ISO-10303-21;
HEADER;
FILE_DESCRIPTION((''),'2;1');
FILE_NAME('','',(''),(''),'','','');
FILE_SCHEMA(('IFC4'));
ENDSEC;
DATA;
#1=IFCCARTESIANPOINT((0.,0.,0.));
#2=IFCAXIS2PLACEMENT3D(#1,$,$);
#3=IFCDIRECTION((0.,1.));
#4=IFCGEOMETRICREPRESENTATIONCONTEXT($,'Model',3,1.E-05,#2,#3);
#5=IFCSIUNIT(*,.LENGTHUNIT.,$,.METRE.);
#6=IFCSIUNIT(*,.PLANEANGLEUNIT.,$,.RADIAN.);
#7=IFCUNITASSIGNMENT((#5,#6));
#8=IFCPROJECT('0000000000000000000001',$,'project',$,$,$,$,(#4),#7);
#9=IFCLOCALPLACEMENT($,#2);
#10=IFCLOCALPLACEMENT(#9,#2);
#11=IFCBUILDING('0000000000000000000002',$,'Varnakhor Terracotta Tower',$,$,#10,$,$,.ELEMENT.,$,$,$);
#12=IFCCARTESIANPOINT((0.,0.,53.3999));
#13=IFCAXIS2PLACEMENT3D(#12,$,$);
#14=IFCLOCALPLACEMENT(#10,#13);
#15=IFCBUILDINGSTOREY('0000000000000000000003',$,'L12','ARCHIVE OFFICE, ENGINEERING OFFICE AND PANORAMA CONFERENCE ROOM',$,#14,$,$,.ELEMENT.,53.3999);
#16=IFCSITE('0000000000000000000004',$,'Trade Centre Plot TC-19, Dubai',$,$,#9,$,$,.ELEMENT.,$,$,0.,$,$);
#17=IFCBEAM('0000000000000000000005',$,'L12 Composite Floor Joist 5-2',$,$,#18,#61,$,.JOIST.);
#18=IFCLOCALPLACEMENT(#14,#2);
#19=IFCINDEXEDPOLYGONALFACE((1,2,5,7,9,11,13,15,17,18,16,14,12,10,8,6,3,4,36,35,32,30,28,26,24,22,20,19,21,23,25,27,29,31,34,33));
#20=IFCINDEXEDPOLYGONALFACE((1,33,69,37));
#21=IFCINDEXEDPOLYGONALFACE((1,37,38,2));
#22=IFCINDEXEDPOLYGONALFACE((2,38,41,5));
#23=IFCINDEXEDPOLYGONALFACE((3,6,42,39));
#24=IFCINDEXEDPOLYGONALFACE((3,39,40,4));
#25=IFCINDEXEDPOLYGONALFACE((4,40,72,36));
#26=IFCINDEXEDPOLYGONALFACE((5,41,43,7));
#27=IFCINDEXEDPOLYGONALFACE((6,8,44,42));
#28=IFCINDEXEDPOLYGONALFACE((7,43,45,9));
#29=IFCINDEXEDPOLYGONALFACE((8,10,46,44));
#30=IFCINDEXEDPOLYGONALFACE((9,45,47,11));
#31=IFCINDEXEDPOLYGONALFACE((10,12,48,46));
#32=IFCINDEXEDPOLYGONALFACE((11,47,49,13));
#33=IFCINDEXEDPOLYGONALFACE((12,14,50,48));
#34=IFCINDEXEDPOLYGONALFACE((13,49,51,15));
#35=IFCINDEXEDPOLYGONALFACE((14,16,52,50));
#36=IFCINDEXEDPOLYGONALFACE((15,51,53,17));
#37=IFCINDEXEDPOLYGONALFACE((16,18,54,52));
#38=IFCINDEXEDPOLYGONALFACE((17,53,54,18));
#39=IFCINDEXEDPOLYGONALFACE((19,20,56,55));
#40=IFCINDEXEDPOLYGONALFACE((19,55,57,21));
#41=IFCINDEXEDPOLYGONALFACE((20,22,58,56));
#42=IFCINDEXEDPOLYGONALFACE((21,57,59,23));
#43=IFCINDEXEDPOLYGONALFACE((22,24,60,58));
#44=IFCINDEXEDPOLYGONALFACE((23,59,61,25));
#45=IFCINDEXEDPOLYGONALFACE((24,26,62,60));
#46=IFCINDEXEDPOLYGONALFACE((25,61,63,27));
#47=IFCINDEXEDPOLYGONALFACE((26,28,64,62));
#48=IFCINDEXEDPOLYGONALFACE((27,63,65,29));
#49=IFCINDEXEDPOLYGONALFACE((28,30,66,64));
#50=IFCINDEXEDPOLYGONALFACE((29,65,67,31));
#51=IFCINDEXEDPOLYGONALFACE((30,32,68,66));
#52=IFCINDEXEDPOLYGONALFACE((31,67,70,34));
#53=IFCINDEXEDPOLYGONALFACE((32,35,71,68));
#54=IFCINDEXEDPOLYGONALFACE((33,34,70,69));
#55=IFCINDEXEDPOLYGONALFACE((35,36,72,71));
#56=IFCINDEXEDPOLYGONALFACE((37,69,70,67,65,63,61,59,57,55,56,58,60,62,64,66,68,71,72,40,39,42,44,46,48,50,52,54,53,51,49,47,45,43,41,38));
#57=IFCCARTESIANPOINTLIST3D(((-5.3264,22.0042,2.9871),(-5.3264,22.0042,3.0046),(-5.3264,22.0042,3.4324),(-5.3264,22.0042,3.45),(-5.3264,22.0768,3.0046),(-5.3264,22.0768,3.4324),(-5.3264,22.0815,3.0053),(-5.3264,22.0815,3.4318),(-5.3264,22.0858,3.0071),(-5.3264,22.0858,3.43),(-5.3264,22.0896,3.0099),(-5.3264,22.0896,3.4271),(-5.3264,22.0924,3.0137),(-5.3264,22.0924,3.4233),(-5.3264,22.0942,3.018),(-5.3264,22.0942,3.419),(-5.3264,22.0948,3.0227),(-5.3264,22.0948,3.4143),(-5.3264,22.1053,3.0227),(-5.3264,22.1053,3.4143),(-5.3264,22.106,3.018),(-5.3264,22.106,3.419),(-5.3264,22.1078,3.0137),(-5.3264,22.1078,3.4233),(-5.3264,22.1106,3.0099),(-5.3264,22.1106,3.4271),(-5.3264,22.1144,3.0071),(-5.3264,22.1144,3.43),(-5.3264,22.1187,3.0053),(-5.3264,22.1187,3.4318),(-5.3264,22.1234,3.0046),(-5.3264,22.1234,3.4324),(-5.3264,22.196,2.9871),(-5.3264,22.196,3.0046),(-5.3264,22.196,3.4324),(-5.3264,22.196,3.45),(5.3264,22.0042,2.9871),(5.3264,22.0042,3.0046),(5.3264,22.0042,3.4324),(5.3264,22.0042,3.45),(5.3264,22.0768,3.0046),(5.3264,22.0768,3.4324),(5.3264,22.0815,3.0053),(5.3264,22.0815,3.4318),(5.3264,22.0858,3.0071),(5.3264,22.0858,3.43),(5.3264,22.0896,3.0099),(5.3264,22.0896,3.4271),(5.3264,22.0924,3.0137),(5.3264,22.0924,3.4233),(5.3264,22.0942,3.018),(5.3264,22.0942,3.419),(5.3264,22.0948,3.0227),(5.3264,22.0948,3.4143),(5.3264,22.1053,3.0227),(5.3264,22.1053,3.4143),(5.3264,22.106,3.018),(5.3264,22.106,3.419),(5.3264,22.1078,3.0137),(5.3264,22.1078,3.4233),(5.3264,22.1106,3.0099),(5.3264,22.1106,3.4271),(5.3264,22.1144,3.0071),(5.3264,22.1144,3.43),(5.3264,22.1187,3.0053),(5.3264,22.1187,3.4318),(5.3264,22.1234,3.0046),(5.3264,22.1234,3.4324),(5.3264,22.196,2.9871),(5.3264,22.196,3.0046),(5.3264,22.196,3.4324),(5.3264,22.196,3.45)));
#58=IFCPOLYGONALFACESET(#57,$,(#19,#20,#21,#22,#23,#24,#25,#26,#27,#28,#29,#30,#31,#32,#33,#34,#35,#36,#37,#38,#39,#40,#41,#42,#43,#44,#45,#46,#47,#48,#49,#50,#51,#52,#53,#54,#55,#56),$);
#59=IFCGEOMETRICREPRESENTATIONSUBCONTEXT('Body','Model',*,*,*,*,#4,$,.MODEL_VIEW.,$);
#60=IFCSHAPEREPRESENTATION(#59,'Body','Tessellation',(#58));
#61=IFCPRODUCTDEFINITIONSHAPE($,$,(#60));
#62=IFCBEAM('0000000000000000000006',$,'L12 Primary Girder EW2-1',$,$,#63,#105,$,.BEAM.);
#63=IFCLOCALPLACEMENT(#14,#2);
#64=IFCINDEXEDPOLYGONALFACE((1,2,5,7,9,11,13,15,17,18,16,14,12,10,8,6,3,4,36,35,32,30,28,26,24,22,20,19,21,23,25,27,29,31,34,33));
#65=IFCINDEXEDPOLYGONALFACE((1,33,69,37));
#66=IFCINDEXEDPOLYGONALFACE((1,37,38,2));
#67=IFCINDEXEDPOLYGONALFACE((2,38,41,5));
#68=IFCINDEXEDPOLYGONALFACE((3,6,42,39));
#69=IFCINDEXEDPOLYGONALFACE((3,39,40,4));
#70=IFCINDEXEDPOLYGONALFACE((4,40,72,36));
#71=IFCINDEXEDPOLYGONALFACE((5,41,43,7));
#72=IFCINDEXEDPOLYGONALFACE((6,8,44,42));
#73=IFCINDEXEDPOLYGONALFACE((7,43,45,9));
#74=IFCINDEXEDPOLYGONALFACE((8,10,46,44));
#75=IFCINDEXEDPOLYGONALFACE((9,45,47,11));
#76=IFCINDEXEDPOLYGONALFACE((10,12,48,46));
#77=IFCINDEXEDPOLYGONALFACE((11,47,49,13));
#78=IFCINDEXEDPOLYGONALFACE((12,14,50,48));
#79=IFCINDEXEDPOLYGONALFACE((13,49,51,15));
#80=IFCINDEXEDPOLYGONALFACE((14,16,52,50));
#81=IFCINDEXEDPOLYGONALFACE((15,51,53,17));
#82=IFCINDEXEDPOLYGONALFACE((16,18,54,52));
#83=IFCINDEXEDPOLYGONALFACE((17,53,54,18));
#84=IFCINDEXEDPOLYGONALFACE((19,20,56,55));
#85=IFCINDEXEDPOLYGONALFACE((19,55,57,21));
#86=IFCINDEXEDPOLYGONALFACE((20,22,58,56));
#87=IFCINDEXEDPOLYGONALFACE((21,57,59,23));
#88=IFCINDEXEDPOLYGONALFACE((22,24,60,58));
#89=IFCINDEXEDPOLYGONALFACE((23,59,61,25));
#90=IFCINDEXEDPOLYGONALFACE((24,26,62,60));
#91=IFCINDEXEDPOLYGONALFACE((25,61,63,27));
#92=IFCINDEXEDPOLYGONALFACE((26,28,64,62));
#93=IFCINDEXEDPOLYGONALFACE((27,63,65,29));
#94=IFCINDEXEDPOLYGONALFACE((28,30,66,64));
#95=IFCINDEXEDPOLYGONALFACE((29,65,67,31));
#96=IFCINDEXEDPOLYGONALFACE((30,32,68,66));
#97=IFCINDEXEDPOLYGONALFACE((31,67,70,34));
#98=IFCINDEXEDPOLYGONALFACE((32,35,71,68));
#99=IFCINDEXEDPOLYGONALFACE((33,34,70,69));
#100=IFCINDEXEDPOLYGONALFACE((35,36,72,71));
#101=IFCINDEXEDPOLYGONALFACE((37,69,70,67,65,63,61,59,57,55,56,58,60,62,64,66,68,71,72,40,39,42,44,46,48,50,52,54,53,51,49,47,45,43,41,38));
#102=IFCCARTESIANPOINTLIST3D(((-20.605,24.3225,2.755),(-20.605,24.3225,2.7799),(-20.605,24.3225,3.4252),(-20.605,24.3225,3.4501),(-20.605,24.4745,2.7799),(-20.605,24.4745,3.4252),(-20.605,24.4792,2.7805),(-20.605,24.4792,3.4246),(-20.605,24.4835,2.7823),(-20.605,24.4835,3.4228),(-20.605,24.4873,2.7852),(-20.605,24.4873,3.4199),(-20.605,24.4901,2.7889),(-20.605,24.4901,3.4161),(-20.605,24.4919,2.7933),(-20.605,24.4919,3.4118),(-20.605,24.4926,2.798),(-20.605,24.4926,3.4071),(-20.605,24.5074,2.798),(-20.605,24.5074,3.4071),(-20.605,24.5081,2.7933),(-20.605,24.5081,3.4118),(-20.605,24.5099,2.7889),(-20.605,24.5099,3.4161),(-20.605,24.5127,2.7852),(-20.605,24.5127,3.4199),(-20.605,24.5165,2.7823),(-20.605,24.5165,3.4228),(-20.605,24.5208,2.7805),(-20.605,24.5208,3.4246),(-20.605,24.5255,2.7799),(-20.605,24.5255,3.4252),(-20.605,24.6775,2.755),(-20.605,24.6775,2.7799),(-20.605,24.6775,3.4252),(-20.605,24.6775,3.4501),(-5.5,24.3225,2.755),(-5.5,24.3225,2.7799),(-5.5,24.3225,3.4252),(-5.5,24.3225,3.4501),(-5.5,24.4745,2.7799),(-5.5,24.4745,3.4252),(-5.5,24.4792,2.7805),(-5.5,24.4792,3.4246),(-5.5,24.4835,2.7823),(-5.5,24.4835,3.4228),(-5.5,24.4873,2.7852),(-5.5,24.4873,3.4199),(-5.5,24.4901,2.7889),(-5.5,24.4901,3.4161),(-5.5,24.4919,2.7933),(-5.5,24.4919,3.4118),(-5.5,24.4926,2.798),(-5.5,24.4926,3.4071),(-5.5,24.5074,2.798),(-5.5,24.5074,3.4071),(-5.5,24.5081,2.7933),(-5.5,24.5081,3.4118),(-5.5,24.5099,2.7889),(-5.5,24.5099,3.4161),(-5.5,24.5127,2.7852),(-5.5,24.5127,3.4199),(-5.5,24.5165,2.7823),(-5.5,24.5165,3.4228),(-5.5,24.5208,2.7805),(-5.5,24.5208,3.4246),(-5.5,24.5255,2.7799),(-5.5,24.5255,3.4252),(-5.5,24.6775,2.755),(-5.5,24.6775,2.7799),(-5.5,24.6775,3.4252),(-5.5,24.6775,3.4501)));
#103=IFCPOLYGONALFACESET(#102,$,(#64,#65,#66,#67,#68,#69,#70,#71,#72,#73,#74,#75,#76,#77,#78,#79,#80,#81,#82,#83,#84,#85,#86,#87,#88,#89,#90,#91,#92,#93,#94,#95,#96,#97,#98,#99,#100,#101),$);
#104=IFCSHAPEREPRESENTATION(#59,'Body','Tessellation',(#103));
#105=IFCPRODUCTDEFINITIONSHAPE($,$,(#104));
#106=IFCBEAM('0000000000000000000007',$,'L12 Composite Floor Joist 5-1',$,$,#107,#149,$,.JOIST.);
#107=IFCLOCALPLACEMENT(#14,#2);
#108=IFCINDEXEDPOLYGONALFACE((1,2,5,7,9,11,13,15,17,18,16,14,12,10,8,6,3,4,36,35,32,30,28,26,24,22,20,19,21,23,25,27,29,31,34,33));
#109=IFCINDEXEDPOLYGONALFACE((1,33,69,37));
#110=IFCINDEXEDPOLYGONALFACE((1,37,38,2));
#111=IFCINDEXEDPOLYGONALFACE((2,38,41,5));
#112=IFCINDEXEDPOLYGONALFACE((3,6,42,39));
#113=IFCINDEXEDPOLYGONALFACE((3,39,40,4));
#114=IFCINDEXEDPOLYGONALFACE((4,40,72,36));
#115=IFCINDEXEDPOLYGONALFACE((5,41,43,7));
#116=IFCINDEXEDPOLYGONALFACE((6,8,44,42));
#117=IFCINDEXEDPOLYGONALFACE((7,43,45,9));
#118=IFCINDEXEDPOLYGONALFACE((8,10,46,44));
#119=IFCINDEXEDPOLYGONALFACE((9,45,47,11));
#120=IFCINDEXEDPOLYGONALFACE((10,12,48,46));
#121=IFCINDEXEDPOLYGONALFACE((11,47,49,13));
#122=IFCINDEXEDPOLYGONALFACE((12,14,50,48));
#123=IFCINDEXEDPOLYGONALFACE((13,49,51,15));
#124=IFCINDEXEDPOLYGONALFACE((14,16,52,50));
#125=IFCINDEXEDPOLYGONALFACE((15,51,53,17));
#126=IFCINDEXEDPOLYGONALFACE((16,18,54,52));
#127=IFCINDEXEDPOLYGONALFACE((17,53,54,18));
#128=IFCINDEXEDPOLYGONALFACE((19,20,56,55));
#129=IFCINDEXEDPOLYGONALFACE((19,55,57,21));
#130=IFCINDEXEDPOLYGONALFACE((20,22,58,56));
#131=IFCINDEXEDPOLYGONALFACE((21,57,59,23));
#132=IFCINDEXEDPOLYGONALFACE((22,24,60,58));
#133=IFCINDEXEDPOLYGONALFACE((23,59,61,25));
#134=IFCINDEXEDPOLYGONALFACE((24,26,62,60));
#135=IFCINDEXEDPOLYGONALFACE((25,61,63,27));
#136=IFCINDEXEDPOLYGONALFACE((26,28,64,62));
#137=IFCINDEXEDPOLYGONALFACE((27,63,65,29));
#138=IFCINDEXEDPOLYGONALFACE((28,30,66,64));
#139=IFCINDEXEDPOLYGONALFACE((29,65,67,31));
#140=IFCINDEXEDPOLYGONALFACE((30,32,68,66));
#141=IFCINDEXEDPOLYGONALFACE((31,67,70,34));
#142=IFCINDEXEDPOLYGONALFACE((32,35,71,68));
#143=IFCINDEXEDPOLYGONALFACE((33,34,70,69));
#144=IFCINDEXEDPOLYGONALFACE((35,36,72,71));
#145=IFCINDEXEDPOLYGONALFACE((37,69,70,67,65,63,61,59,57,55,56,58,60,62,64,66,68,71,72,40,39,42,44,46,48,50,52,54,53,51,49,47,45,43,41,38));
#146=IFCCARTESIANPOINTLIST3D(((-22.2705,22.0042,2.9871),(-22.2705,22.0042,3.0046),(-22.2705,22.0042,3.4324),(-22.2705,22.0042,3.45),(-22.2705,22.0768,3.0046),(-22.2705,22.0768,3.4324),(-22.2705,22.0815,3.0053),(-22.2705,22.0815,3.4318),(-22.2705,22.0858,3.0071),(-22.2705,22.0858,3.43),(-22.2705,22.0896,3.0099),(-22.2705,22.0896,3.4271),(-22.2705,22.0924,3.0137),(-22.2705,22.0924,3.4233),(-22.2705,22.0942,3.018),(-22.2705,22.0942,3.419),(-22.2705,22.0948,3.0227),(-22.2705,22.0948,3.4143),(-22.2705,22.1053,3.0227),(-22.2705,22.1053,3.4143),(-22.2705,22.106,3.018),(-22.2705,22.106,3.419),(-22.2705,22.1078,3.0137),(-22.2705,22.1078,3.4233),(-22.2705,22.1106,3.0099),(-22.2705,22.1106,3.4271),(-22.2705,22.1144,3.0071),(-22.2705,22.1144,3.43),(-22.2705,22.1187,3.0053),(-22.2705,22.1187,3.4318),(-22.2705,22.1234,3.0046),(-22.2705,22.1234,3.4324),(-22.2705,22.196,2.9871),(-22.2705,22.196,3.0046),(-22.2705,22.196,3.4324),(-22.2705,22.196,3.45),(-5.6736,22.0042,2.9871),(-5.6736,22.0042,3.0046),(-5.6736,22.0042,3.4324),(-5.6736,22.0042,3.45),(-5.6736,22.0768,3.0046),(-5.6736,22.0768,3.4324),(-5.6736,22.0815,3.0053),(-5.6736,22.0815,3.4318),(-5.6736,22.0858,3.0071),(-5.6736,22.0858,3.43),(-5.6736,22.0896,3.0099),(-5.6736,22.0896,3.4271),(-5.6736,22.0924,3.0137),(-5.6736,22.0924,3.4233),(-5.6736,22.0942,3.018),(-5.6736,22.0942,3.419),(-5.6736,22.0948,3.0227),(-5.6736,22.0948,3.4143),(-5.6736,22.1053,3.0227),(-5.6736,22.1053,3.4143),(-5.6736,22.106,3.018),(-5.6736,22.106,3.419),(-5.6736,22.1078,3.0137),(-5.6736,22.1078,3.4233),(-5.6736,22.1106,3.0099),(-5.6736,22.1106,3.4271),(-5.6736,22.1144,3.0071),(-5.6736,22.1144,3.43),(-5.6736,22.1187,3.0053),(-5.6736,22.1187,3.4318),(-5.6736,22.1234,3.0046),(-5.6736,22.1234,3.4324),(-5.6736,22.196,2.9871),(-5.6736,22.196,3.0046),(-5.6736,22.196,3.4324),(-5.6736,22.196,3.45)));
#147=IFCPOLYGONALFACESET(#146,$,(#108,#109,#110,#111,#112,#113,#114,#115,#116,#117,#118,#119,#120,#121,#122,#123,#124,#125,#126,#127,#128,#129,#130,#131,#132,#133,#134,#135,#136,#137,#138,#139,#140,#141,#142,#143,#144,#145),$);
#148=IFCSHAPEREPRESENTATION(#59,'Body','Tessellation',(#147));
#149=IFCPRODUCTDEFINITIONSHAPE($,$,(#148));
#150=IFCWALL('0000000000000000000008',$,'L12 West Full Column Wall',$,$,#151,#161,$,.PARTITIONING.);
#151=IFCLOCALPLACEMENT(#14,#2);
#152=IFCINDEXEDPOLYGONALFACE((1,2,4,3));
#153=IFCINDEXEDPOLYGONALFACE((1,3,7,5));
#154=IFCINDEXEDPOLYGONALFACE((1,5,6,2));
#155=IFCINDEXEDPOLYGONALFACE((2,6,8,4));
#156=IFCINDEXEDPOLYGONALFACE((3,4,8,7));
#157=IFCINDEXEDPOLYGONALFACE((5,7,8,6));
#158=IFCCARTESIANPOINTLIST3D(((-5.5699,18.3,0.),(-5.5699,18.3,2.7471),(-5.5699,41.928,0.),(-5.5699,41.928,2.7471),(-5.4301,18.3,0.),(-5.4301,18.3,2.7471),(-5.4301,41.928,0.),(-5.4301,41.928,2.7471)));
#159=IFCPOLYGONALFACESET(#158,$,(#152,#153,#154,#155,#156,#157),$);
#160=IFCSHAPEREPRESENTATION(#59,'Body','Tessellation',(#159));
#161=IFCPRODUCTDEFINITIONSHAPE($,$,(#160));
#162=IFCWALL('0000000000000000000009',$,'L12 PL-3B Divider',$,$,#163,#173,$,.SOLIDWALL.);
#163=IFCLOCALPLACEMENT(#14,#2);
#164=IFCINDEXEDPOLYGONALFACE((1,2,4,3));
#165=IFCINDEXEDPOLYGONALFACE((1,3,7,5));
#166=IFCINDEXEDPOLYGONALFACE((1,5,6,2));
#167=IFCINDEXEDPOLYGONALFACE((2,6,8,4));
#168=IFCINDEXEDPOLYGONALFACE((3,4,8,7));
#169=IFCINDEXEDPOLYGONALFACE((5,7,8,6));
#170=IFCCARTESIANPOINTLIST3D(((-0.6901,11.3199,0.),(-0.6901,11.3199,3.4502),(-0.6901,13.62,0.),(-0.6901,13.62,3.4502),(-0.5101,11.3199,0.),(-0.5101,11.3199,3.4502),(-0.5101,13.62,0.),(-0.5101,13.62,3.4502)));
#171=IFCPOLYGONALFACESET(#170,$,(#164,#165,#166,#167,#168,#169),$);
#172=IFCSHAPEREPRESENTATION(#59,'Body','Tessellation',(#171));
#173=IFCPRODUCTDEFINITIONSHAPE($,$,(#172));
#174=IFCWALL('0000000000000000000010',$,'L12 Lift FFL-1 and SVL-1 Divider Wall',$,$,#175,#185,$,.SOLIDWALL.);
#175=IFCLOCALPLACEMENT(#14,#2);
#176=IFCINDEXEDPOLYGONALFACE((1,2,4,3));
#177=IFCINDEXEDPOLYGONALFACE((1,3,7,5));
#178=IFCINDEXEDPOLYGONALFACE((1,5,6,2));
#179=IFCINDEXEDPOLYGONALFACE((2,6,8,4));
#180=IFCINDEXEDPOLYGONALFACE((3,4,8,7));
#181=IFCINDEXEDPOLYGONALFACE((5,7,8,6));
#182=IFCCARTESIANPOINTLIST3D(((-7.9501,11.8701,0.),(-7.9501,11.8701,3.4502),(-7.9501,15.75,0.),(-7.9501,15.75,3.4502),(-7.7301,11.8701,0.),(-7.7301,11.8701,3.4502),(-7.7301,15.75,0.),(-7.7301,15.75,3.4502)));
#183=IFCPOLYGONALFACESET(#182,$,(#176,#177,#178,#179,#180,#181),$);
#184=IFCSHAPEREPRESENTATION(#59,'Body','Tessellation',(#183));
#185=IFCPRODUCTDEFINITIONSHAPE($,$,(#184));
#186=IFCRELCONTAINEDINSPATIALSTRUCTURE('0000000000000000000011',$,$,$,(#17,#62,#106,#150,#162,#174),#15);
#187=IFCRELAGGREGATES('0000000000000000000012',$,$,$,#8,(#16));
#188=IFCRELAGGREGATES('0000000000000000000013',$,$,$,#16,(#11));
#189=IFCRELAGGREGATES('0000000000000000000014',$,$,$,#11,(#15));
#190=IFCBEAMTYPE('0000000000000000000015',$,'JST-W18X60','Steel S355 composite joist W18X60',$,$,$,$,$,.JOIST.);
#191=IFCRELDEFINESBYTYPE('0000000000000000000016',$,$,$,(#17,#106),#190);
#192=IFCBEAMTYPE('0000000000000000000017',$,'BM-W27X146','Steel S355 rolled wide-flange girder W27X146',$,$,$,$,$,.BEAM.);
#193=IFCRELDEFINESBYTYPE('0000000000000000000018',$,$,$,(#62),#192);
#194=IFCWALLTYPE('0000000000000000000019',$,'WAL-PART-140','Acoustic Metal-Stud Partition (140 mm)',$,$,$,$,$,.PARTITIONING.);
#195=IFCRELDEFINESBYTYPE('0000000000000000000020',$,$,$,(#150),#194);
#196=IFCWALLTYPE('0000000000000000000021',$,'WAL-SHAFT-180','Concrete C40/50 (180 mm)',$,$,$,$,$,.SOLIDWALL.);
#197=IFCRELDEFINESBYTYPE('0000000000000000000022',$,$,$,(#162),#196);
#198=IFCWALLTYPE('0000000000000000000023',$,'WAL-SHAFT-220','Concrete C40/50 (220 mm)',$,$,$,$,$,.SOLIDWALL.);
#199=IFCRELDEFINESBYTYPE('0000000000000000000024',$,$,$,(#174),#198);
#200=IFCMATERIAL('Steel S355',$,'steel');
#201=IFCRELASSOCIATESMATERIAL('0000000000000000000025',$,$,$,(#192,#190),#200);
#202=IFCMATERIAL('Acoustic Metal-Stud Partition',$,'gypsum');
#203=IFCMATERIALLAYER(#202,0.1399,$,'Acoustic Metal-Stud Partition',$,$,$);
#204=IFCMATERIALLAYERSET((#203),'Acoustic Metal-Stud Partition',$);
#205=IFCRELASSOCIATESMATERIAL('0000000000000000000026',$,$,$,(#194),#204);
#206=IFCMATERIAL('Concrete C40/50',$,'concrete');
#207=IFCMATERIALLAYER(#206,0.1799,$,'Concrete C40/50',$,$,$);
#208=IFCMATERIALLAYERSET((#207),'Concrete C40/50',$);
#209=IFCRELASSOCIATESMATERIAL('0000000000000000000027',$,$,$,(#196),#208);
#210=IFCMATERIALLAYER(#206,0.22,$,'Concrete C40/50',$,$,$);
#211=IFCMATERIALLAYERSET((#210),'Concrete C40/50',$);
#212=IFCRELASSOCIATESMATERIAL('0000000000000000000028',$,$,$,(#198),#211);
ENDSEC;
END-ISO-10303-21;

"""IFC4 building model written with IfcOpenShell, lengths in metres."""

from ifc_helpers import new_model, si_unit, direction, frame, frame_2d, origin, origin_2d, place, context, subcontext, project, spatial, rectangle, i_section, extrude, source, transform, mapped, material, layer, layer_set, material_profile, profile_set, type_object, element, save


model = new_model("IFC4")

# Units and contexts
model_context = context("Model", 3, precision=1e-05, world=origin(), true_north=direction((0.0, 1.0)))
body_context = subcontext(model_context, "Body", "Model", "MODEL_VIEW")
ifc_project = project(units=[si_unit("LENGTHUNIT", "METRE"), si_unit("PLANEANGLEUNIT", "RADIAN")], contexts=[model_context])

# Site, building, storey
site_placement = place(None, origin())
site = spatial("IfcSite", under=ifc_project, at=site_placement, Name="Trade Centre Plot TC-19, Dubai", CompositionType="ELEMENT", RefElevation=0.0)
building_placement = place(site_placement, origin())
building = spatial("IfcBuilding", under=site, at=building_placement, Name="Varnakhor Terracotta Tower", CompositionType="ELEMENT")
storey_placement = place(building_placement, frame((0.0, 0.0, 53.3999)))
storey = spatial("IfcBuildingStorey", under=building, at=storey_placement, Name="L12", Description="ARCHIVE OFFICE, ENGINEERING OFFICE AND PANORAMA CONFERENCE ROOM", CompositionType="ELEMENT", Elevation=53.3999)

# Beams
ifc_material_1 = material(Name="Steel S355", Category="steel")
ifc_material_profile_1 = material_profile(ifc_material_1, i_section(OverallWidth=0.355, OverallDepth=0.6951, WebThickness=0.0149, FlangeThickness=0.0249, FilletRadius=0.0181, at=origin_2d()), Name="W27X146")
ifc_profile_set_1 = profile_set([ifc_material_profile_1], Name="Steel S355")
beam_type_1 = type_object("IfcBeamType", Name="BM-W27X146", Description="Steel S355 rolled wide-flange girder W27X146", PredefinedType="BEAM", material=ifc_profile_set_1)
ifc_material_profile_2 = material_profile(ifc_material_1, i_section(OverallWidth=0.1919, OverallDepth=0.4629, WebThickness=0.0105, FlangeThickness=0.0176, FilletRadius=0.0181, at=origin_2d()), Name="W18X60")
ifc_profile_set_2 = profile_set([ifc_material_profile_2], Name="Steel S355")
beam_type_2 = type_object("IfcBeamType", Name="JST-W18X60", Description="Steel S355 composite joist W18X60", PredefinedType="JOIST", material=ifc_profile_set_2)
shared_shape_1 = source(origin(), body_context, "Body", "SweptSolid", [
    extrude(i_section(OverallWidth=0.1919, OverallDepth=0.4629, WebThickness=0.0105, FlangeThickness=0.0176, FilletRadius=0.0181, at=origin_2d()), origin(), (0.0, 0.0, 1.0), 10.6528),
])
for number, where, z_axis, x_axis, name in (
    (1, (-5.3264, 22.1001, 3.2185), (1.0, 0.0, 0.0), (0.0, 1.0, 0.0), "L12 Composite Floor Joist 5-2"),
):
    element("IfcBeam", number, at=place(storey_placement, frame(where, z_axis=z_axis, x_axis=x_axis)), inside=storey, type_object=beam_type_2, Name=name, PredefinedType="JOIST", context=body_context, shape_type="MappedRepresentation", body=[
        mapped(shared_shape_1, transform((0.0, 0.0, 0.0), scale=1.0)),
    ])
shared_shape_2 = source(origin(), body_context, "Body", "SweptSolid", [
    extrude(i_section(OverallWidth=0.355, OverallDepth=0.6951, WebThickness=0.0149, FlangeThickness=0.0249, FilletRadius=0.0181, at=origin_2d()), origin(), (0.0, 0.0, 1.0), 15.105),
])
beam_1_placement = place(storey_placement, frame((-20.605, 24.5, 3.1025), z_axis=(1.0, 0.0, 0.0), x_axis=(0.0, 1.0, 0.0)))
element("IfcBeam", 2, at=beam_1_placement, inside=storey, type_object=beam_type_1, Name="L12 Primary Girder EW2-1", PredefinedType="BEAM", context=body_context, shape_type="MappedRepresentation", body=[
    mapped(shared_shape_2, transform((0.0, 0.0, 0.0), scale=1.0)),
])
shared_shape_3 = source(origin(), body_context, "Body", "SweptSolid", [
    extrude(i_section(OverallWidth=0.1919, OverallDepth=0.4629, WebThickness=0.0105, FlangeThickness=0.0176, FilletRadius=0.0181, at=origin_2d()), origin(), (0.0, 0.0, 1.0), 16.5969),
])
beam_2_placement = place(storey_placement, frame((-22.2705, 22.1001, 3.2185), z_axis=(1.0, 0.0, 0.0), x_axis=(0.0, 1.0, 0.0)))
element("IfcBeam", 3, at=beam_2_placement, inside=storey, type_object=beam_type_2, Name="L12 Composite Floor Joist 5-1", PredefinedType="JOIST", context=body_context, shape_type="MappedRepresentation", body=[
    mapped(shared_shape_3, transform((0.0, 0.0, 0.0), scale=1.0)),
])

# Walls
ifc_material_2 = material(Name="Acoustic Metal-Stud Partition", Category="gypsum")
ifc_layer_1 = layer(ifc_material_2, 0.1399, Name="Acoustic Metal-Stud Partition")
ifc_layer_set_1 = layer_set([ifc_layer_1], Name="Acoustic Metal-Stud Partition")
wall_type_1 = type_object("IfcWallType", Name="WAL-PART-140", Description="Acoustic Metal-Stud Partition (140 mm)", PredefinedType="PARTITIONING", material=ifc_layer_set_1)
wall_1_placement = place(storey_placement, frame((-5.5, 18.3, 0.0), z_axis=(0.0, 0.0, 1.0), x_axis=(0.0, 1.0, 0.0)))
element("IfcWall", 4, at=wall_1_placement, inside=storey, type_object=wall_type_1, Name="L12 West Full Column Wall", PredefinedType="PARTITIONING", context=body_context, shape_type="SweptSolid", body=[
    extrude(rectangle(XDim=23.6279, YDim=0.1399, at=frame_2d((11.814, 0.0))), origin(), (0.0, 0.0, 1.0), 2.7471),
])
ifc_material_3 = material(Name="Concrete C40/50", Category="concrete")
ifc_layer_2 = layer(ifc_material_3, 0.1799, Name="Concrete C40/50")
ifc_layer_set_2 = layer_set([ifc_layer_2], Name="Concrete C40/50")
wall_type_2 = type_object("IfcWallType", Name="WAL-SHAFT-180", Description="Concrete C40/50 (180 mm)", PredefinedType="SOLIDWALL", material=ifc_layer_set_2)
wall_2_placement = place(storey_placement, frame((-0.6001, 11.3201, 0.0), z_axis=(0.0, 0.0, 1.0), x_axis=(0.0, 1.0, 0.0)))
element("IfcWall", 5, at=wall_2_placement, inside=storey, type_object=wall_type_2, Name="L12 PL-3B Divider", PredefinedType="SOLIDWALL", context=body_context, shape_type="SweptSolid", body=[
    extrude(rectangle(XDim=2.3, YDim=0.1799, at=frame_2d((1.1499, 0.0))), origin(), (0.0, 0.0, 1.0), 3.4502),
])
ifc_layer_3 = layer(ifc_material_3, 0.22, Name="Concrete C40/50")
ifc_layer_set_3 = layer_set([ifc_layer_3], Name="Concrete C40/50")
wall_type_3 = type_object("IfcWallType", Name="WAL-SHAFT-220", Description="Concrete C40/50 (220 mm)", PredefinedType="SOLIDWALL", material=ifc_layer_set_3)
wall_3_placement = place(storey_placement, frame((-7.8401, 11.8701, 0.0), z_axis=(0.0, 0.0, 1.0), x_axis=(0.0, 1.0, 0.0)))
element("IfcWall", 6, at=wall_3_placement, inside=storey, type_object=wall_type_3, Name="L12 Lift FFL-1 and SVL-1 Divider Wall", PredefinedType="SOLIDWALL", context=body_context, shape_type="SweptSolid", body=[
    extrude(rectangle(XDim=3.8799, YDim=0.22, at=frame_2d((1.9399, 0.0))), origin(), (0.0, 0.0, 1.0), 3.4502),
])

save(model, "model.ifc")
